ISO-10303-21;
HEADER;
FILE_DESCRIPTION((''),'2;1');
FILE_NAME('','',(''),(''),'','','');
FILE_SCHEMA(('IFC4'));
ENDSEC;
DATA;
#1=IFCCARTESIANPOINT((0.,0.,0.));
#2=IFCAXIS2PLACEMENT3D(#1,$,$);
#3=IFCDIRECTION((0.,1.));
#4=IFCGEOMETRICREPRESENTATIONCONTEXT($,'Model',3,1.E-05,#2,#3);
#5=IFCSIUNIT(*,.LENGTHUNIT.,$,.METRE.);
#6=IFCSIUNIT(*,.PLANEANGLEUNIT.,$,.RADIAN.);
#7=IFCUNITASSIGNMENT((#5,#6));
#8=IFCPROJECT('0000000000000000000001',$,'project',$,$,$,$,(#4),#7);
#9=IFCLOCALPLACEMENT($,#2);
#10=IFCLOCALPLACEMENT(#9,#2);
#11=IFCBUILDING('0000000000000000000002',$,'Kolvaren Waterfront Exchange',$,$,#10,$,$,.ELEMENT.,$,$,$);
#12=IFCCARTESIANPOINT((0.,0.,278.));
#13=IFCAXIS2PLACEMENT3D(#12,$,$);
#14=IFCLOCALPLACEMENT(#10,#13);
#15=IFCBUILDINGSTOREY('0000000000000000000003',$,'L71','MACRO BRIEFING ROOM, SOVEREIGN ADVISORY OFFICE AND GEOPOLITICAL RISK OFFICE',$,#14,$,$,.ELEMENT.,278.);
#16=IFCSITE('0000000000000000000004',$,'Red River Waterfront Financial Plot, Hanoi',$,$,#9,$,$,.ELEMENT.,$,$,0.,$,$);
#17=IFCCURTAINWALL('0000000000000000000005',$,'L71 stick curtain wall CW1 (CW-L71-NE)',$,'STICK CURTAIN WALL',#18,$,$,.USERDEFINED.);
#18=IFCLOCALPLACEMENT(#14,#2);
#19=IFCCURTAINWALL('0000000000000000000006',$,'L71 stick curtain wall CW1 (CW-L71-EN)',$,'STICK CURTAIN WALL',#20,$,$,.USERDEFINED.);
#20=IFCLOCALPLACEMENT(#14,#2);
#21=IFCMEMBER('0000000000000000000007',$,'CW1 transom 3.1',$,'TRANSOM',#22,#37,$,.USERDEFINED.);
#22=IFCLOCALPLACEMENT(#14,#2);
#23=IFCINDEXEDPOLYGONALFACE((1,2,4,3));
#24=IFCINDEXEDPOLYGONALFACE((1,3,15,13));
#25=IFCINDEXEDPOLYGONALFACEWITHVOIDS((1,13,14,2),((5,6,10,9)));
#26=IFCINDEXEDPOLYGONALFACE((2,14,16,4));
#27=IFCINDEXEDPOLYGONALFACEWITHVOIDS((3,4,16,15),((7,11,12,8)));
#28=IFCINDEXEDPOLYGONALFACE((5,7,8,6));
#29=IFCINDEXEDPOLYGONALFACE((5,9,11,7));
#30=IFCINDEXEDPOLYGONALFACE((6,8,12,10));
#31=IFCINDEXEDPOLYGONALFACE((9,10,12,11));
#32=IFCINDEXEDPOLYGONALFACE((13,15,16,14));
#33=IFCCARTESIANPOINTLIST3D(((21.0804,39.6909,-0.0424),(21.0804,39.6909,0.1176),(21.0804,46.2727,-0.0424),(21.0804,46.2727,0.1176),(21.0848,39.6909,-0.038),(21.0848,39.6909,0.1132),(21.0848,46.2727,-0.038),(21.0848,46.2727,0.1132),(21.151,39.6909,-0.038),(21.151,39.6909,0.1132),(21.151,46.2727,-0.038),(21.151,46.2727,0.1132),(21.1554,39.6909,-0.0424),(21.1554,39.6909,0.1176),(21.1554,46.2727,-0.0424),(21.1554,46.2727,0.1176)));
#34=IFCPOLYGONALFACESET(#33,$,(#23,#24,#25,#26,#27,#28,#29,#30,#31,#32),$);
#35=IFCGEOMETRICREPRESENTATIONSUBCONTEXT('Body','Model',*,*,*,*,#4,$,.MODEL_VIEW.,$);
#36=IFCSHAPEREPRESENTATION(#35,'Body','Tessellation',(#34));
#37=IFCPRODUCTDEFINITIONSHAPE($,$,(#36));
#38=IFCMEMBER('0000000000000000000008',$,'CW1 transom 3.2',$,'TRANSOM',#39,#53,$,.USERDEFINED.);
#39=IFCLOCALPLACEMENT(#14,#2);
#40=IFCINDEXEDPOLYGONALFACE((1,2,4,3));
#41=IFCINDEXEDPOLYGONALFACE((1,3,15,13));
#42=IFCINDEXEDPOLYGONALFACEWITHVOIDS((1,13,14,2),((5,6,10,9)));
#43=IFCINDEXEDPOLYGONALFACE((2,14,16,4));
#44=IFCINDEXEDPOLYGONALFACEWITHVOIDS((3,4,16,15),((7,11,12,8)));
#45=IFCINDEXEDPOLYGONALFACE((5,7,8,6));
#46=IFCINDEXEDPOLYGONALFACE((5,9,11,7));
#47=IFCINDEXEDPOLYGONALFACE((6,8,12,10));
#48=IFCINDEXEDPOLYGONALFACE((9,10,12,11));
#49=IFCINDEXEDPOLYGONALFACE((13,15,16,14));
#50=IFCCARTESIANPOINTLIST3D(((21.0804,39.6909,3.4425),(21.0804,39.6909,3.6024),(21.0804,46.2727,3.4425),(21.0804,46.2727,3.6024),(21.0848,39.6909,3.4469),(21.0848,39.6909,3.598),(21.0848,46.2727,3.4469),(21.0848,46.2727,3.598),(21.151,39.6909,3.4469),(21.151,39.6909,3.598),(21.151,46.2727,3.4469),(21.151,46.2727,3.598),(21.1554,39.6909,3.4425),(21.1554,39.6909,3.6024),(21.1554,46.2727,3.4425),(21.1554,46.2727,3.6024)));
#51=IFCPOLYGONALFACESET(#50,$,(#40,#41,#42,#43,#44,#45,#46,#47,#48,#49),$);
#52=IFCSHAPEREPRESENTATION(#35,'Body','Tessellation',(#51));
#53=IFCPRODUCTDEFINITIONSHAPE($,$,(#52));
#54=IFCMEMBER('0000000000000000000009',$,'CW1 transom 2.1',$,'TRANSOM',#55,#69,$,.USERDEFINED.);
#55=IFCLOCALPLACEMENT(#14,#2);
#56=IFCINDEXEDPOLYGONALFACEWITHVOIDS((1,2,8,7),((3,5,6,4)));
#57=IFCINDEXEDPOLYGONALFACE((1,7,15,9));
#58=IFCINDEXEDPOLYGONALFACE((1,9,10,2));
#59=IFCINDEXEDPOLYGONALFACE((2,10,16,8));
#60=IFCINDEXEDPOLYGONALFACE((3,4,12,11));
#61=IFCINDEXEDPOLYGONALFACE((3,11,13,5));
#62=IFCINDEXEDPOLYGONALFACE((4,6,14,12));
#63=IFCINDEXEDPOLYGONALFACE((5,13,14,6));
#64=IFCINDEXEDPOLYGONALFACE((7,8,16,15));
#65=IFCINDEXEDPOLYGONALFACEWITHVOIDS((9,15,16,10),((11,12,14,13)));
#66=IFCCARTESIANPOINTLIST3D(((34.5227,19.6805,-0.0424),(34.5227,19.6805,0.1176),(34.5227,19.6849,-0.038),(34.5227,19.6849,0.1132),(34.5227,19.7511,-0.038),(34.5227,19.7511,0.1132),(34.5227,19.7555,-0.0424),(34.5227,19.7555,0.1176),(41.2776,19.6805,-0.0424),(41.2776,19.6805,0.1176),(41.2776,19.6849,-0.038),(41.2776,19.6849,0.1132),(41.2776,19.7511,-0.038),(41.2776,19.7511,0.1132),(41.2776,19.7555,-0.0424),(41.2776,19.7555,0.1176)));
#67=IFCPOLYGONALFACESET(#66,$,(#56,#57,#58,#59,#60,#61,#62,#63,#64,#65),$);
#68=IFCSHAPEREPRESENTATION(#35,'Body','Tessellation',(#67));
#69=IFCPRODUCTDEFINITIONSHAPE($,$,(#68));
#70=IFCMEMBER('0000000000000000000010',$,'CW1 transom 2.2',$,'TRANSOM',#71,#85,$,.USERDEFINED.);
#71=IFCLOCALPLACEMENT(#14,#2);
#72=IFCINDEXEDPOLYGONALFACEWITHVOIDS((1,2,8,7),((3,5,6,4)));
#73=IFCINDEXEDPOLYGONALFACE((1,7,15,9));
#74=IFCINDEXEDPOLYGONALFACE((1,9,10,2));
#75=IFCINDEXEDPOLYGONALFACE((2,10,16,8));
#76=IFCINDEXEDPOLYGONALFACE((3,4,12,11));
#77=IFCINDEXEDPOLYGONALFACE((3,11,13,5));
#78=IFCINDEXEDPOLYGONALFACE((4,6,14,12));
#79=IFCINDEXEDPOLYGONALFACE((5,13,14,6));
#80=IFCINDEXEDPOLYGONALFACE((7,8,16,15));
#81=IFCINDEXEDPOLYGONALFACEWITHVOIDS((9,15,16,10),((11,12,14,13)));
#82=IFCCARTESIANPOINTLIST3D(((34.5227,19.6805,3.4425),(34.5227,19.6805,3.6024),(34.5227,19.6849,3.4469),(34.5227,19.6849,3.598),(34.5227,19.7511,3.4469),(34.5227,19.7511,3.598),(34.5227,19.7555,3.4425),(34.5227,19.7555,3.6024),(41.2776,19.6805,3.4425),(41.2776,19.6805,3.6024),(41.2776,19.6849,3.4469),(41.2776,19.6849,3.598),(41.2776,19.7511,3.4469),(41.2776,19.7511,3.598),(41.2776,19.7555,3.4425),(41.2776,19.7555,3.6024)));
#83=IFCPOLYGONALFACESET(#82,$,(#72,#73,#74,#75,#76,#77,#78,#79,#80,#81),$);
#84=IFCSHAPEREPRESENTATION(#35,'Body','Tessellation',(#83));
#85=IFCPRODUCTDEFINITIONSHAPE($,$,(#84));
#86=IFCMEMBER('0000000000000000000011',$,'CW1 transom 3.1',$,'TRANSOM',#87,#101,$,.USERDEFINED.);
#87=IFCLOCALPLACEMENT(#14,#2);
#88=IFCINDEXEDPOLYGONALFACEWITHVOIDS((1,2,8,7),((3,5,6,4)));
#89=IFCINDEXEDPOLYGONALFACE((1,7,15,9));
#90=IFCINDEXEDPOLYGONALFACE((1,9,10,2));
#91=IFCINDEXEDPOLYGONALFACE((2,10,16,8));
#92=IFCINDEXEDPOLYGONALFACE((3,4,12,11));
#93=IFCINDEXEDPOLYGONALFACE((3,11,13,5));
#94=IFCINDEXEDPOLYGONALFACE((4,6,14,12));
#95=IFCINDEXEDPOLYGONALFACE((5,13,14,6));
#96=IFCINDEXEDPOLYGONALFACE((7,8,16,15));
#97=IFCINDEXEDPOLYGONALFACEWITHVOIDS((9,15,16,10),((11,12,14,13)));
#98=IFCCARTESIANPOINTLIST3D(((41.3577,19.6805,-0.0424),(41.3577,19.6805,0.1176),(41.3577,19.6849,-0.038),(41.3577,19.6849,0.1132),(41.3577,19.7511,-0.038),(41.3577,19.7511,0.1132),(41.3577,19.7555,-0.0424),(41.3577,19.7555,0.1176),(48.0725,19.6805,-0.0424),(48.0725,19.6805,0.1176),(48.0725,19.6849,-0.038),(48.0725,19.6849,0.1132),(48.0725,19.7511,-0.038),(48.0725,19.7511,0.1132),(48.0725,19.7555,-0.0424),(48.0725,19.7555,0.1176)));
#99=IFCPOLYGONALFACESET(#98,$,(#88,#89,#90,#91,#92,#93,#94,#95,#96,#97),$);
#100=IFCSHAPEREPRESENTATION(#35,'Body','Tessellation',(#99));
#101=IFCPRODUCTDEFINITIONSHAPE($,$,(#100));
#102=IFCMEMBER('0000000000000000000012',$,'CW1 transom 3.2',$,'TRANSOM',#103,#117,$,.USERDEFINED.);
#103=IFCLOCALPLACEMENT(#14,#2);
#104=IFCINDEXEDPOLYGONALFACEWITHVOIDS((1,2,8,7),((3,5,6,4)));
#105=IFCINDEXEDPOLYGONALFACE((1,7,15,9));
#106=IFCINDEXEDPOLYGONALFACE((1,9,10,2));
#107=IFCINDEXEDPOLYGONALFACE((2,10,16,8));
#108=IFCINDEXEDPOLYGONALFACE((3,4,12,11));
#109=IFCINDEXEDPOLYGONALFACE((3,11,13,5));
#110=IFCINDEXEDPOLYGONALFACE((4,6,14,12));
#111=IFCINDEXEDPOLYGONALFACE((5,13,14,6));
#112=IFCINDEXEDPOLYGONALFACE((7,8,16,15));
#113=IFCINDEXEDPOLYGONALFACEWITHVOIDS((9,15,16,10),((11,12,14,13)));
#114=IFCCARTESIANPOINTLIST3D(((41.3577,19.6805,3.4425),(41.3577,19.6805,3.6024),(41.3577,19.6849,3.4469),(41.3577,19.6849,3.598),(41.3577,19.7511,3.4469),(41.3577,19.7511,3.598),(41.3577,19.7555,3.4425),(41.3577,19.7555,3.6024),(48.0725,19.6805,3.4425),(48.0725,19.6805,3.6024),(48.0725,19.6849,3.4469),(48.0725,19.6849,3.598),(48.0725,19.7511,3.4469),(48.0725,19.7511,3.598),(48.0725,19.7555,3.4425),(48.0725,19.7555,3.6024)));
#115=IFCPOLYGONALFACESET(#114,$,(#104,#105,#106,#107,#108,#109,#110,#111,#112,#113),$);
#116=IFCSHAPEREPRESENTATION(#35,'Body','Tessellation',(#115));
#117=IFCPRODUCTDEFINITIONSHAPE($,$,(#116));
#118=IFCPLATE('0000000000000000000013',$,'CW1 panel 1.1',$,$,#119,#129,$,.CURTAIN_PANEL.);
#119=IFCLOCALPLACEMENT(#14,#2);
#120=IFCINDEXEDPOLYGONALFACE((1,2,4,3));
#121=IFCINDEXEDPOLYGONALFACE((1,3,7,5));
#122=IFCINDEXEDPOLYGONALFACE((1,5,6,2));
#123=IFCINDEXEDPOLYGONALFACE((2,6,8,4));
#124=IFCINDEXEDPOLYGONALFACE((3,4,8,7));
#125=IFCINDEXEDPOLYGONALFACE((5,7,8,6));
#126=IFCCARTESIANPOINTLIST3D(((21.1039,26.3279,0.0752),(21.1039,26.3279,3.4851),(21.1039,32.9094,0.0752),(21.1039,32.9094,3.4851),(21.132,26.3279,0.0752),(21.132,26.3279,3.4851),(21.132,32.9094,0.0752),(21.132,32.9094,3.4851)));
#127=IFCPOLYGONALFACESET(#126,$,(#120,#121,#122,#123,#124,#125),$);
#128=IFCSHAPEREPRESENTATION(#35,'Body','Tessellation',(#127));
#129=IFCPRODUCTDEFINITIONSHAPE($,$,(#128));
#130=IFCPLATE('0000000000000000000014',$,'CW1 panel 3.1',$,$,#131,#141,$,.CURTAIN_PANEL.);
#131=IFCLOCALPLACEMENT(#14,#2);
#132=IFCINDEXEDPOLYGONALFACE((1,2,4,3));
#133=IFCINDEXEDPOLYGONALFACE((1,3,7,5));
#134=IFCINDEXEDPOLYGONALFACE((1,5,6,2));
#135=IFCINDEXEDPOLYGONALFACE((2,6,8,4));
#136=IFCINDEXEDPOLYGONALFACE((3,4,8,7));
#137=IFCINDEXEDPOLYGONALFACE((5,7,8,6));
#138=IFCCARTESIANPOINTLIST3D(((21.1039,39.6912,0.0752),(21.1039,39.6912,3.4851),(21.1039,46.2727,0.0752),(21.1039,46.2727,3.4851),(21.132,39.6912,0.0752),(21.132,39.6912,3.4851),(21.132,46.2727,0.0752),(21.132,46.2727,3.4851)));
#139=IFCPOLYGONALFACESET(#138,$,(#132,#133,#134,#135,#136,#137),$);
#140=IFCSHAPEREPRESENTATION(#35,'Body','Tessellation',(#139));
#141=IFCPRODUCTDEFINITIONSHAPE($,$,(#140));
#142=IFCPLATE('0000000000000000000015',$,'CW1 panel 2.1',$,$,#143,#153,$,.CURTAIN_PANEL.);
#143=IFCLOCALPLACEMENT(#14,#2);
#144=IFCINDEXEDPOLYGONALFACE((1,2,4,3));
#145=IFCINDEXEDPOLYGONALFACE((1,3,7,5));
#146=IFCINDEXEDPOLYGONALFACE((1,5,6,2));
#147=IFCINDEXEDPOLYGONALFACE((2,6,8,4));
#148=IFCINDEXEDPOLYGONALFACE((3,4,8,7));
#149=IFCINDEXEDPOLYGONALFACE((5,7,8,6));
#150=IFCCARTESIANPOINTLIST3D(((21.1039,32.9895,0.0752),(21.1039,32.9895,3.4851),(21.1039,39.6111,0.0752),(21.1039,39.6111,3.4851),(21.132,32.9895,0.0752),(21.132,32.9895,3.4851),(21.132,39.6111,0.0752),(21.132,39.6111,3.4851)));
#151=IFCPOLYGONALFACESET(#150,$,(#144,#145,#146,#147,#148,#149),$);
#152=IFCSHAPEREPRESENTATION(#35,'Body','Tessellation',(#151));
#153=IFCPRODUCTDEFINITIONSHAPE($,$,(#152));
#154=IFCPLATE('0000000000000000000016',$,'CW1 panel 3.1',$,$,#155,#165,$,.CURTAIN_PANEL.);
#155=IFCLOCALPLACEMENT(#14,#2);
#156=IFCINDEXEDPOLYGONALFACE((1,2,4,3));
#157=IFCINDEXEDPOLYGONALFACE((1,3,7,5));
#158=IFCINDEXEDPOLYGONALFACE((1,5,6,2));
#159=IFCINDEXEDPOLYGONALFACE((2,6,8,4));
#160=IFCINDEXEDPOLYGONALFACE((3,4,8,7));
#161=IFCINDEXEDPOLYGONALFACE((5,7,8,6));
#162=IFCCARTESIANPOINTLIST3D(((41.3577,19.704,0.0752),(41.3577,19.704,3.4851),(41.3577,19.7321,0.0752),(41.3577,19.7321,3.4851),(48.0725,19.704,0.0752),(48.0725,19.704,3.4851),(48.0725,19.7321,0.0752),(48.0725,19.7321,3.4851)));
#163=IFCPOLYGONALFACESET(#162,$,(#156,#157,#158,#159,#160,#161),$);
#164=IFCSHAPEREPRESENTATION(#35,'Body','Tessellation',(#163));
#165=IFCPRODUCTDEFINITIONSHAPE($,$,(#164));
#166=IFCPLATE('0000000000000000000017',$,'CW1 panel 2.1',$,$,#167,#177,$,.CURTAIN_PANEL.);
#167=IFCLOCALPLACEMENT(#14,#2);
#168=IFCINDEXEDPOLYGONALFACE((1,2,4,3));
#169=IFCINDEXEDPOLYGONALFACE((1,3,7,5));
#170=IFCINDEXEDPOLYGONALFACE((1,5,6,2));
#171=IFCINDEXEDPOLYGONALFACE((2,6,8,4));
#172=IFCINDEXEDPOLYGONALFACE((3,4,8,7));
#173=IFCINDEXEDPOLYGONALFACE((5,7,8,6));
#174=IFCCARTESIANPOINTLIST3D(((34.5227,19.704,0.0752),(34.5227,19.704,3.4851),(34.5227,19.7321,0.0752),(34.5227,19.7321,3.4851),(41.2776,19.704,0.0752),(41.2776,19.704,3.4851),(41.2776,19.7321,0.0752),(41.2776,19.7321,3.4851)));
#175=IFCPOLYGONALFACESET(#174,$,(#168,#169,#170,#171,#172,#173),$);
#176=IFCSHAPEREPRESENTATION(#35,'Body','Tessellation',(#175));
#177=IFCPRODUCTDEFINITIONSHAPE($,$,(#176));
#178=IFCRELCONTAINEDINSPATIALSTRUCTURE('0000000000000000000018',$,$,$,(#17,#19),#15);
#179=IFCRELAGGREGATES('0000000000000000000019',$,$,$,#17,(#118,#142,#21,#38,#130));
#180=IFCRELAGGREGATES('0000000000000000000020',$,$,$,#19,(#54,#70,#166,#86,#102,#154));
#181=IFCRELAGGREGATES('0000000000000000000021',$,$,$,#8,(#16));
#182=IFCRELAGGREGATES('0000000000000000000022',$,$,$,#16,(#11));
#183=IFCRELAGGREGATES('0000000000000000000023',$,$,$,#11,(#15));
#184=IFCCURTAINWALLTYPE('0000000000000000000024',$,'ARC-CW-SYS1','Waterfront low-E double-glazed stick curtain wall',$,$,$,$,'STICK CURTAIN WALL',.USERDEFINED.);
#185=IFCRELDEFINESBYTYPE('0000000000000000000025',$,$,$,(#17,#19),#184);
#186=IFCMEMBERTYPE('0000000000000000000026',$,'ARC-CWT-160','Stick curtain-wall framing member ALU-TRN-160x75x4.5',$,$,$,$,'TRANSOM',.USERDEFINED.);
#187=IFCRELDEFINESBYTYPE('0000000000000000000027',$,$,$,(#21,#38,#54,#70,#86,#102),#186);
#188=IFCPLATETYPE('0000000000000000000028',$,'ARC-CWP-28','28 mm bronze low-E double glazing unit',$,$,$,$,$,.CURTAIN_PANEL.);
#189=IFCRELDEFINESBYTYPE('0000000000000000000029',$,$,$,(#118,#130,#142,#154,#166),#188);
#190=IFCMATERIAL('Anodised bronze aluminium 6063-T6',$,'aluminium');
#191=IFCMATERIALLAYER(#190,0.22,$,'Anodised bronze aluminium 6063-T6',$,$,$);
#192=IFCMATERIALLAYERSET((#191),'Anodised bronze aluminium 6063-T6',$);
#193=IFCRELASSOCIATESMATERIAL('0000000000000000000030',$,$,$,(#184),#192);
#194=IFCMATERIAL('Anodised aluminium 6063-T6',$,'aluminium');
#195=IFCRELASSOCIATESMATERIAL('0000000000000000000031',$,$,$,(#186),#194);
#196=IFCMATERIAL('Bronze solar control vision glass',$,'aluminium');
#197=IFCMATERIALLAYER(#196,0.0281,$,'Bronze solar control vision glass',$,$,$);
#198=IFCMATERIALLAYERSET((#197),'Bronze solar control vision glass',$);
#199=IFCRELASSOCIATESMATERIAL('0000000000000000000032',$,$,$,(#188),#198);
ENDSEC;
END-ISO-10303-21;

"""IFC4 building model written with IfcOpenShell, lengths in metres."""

from ifc_helpers import new_model, si_unit, direction, frame, origin, origin_with_axes, origin_2d, place, context, subcontext, project, spatial, rectangle, hollow_rectangle, extrude, source, transform, mapped, material, layer, layer_set, material_profile, profile_set, type_object, element, aggregate, save


model = new_model("IFC4")

# Units and contexts
model_context = context("Model", 3, precision=1e-05, world=origin(), true_north=direction((0.0, 1.0)))
body_context = subcontext(model_context, "Body", "Model", "MODEL_VIEW")
ifc_project = project(units=[si_unit("LENGTHUNIT", "METRE"), si_unit("PLANEANGLEUNIT", "RADIAN")], contexts=[model_context])

# Site, building, storey
site_placement = place(None, origin())
site = spatial("IfcSite", under=ifc_project, at=site_placement, Name="Red River Waterfront Financial Plot, Hanoi", CompositionType="ELEMENT", RefElevation=0.0)
building_placement = place(site_placement, origin())
building = spatial("IfcBuilding", under=site, at=building_placement, Name="Kolvaren Waterfront Exchange", CompositionType="ELEMENT")
storey_placement = place(building_placement, frame((0.0, 0.0, 278.0)))
storey = spatial("IfcBuildingStorey", under=building, at=storey_placement, Name="L71", Description="MACRO BRIEFING ROOM, SOVEREIGN ADVISORY OFFICE AND GEOPOLITICAL RISK OFFICE", CompositionType="ELEMENT", Elevation=278.0)

# Curtain walls
ifc_material_1 = material(Name="Anodised bronze aluminium 6063-T6", Category="aluminium")
ifc_layer_1 = layer(ifc_material_1, 0.22, Name="Anodised bronze aluminium 6063-T6")
ifc_layer_set_1 = layer_set([ifc_layer_1], Name="Anodised bronze aluminium 6063-T6")
curtain_wall_type = type_object("IfcCurtainWallType", Name="ARC-CW-SYS1", Description="Waterfront low-E double-glazed stick curtain wall", ElementType="STICK CURTAIN WALL", PredefinedType="USERDEFINED", material=ifc_layer_set_1)
curtain_wall_1_placement = place(storey_placement, origin())
curtain_wall_1 = element("IfcCurtainWall", 1, at=curtain_wall_1_placement, inside=storey, type_object=curtain_wall_type, Name="L71 stick curtain wall CW1 (CW-L71-NE)", ObjectType="STICK CURTAIN WALL", PredefinedType="USERDEFINED")
ifc_material_2 = material(Name="Anodised aluminium 6063-T6", Category="aluminium")
curtain_wall_2_placement = place(storey_placement, origin())
curtain_wall_2 = element("IfcCurtainWall", 2, at=curtain_wall_2_placement, inside=storey, type_object=curtain_wall_type, Name="L71 stick curtain wall CW1 (CW-L71-EN)", ObjectType="STICK CURTAIN WALL", PredefinedType="USERDEFINED")

# Members
ifc_material_profile_1 = material_profile(ifc_material_2, hollow_rectangle(XDim=0.075, YDim=0.1599, WallThickness=0.0044, at=origin_2d()), Name="ALU-TRN-160x75x4.5")
ifc_profile_set_1 = profile_set([ifc_material_profile_1], Name="Anodised aluminium 6063-T6")
member_type_1 = type_object("IfcMemberType", Name="ARC-CWT-160", Description="Stick curtain-wall framing member ALU-TRN-160x75x4.5", ElementType="TRANSOM", PredefinedType="USERDEFINED", material=ifc_profile_set_1)
shared_shape_1 = source(origin_with_axes(), body_context, "Body", "SweptSolid", [
    extrude(hollow_rectangle(XDim=0.075, YDim=0.1599, WallThickness=0.0044, at=origin_2d()), origin(), (0.0, 0.0, 1.0), 6.5818),
])
member_1_placement = place(storey_placement, frame((21.1179, 39.6909, 0.0376), z_axis=(0.0, 1.0, 0.0), x_axis=(-1.0, 0.0, 0.0)))
member_1 = element("IfcMember", 3, at=member_1_placement, type_object=member_type_1, Name="CW1 transom 3.1", ObjectType="TRANSOM", PredefinedType="USERDEFINED", context=body_context, shape_type="MappedRepresentation", body=[
    mapped(shared_shape_1, transform((0.0, 0.0, 0.0), x_axis=(1.0, 0.0, 0.0), y_axis=(0.0, 1.0, 0.0), z_axis=(0.0, 0.0, 1.0), scale=1.0)),
])
member_2_placement = place(storey_placement, frame((21.1179, 39.6909, 3.5225), z_axis=(0.0, 1.0, 0.0), x_axis=(-1.0, 0.0, 0.0)))
member_2 = element("IfcMember", 4, at=member_2_placement, type_object=member_type_1, Name="CW1 transom 3.2", ObjectType="TRANSOM", PredefinedType="USERDEFINED", context=body_context, shape_type="MappedRepresentation", body=[
    mapped(shared_shape_1, transform((0.0, 0.0, 0.0), x_axis=(1.0, 0.0, 0.0), y_axis=(0.0, 1.0, 0.0), z_axis=(0.0, 0.0, 1.0), scale=1.0)),
])
shared_shape_2 = source(origin_with_axes(), body_context, "Body", "SweptSolid", [
    extrude(hollow_rectangle(XDim=0.075, YDim=0.1599, WallThickness=0.0044, at=origin_2d()), origin(), (0.0, 0.0, 1.0), 6.7549),
])
member_3_placement = place(storey_placement, frame((34.5227, 19.718, 0.0376), z_axis=(1.0, 0.0, 0.0), x_axis=(0.0, 1.0, 0.0)))
member_3 = element("IfcMember", 5, at=member_3_placement, type_object=member_type_1, Name="CW1 transom 2.1", ObjectType="TRANSOM", PredefinedType="USERDEFINED", context=body_context, shape_type="MappedRepresentation", body=[
    mapped(shared_shape_2, transform((0.0, 0.0, 0.0), x_axis=(1.0, 0.0, 0.0), y_axis=(0.0, 1.0, 0.0), z_axis=(0.0, 0.0, 1.0), scale=1.0)),
])
member_4_placement = place(storey_placement, frame((34.5227, 19.718, 3.5225), z_axis=(1.0, 0.0, 0.0), x_axis=(0.0, 1.0, 0.0)))
member_4 = element("IfcMember", 6, at=member_4_placement, type_object=member_type_1, Name="CW1 transom 2.2", ObjectType="TRANSOM", PredefinedType="USERDEFINED", context=body_context, shape_type="MappedRepresentation", body=[
    mapped(shared_shape_2, transform((0.0, 0.0, 0.0), x_axis=(1.0, 0.0, 0.0), y_axis=(0.0, 1.0, 0.0), z_axis=(0.0, 0.0, 1.0), scale=1.0)),
])
shared_shape_3 = source(origin_with_axes(), body_context, "Body", "SweptSolid", [
    extrude(hollow_rectangle(XDim=0.075, YDim=0.1599, WallThickness=0.0044, at=origin_2d()), origin(), (0.0, 0.0, 1.0), 6.7148),
])
member_5_placement = place(storey_placement, frame((41.3577, 19.718, 0.0376), z_axis=(1.0, 0.0, 0.0), x_axis=(0.0, 1.0, 0.0)))
member_5 = element("IfcMember", 7, at=member_5_placement, type_object=member_type_1, Name="CW1 transom 3.1", ObjectType="TRANSOM", PredefinedType="USERDEFINED", context=body_context, shape_type="MappedRepresentation", body=[
    mapped(shared_shape_3, transform((0.0, 0.0, 0.0), x_axis=(1.0, 0.0, 0.0), y_axis=(0.0, 1.0, 0.0), z_axis=(0.0, 0.0, 1.0), scale=1.0)),
])
member_6_placement = place(storey_placement, frame((41.3577, 19.718, 3.5225), z_axis=(1.0, 0.0, 0.0), x_axis=(0.0, 1.0, 0.0)))
member_6 = element("IfcMember", 8, at=member_6_placement, type_object=member_type_1, Name="CW1 transom 3.2", ObjectType="TRANSOM", PredefinedType="USERDEFINED", context=body_context, shape_type="MappedRepresentation", body=[
    mapped(shared_shape_3, transform((0.0, 0.0, 0.0), x_axis=(1.0, 0.0, 0.0), y_axis=(0.0, 1.0, 0.0), z_axis=(0.0, 0.0, 1.0), scale=1.0)),
])

# Plates
ifc_material_3 = material(Name="Bronze solar control vision glass", Category="aluminium")
ifc_layer_2 = layer(ifc_material_3, 0.0281, Name="Bronze solar control vision glass")
ifc_layer_set_2 = layer_set([ifc_layer_2], Name="Bronze solar control vision glass")
plate_type = type_object("IfcPlateType", Name="ARC-CWP-28", Description="28 mm bronze low-E double glazing unit", PredefinedType="CURTAIN_PANEL", material=ifc_layer_set_2)
shared_shape_4 = source(origin_with_axes(), body_context, "Body", "SweptSolid", [
    extrude(rectangle(XDim=6.5815, YDim=0.0281, at=origin_2d()), origin(), (0.0, 0.0, 1.0), 3.4099),
])
plate_1_placement = place(storey_placement, frame((21.1179, 29.6187, 0.0752), z_axis=(0.0, 0.0, 1.0), x_axis=(0.0, 1.0, 0.0)))
plate_1 = element("IfcPlate", 9, at=plate_1_placement, type_object=plate_type, Name="CW1 panel 1.1", PredefinedType="CURTAIN_PANEL", context=body_context, shape_type="MappedRepresentation", body=[
    mapped(shared_shape_4, transform((0.0, 0.0, 0.0), x_axis=(1.0, 0.0, 0.0), y_axis=(0.0, 1.0, 0.0), z_axis=(0.0, 0.0, 1.0), scale=1.0)),
])
plate_2_placement = place(storey_placement, frame((21.1179, 42.9819, 0.0752), z_axis=(0.0, 0.0, 1.0), x_axis=(0.0, 1.0, 0.0)))
plate_2 = element("IfcPlate", 10, at=plate_2_placement, type_object=plate_type, Name="CW1 panel 3.1", PredefinedType="CURTAIN_PANEL", context=body_context, shape_type="MappedRepresentation", body=[
    mapped(shared_shape_4, transform((0.0, 0.0, 0.0), x_axis=(1.0, 0.0, 0.0), y_axis=(0.0, 1.0, 0.0), z_axis=(0.0, 0.0, 1.0), scale=1.0)),
])
shared_shape_5 = source(origin_with_axes(), body_context, "Body", "SweptSolid", [
    extrude(rectangle(XDim=6.6216, YDim=0.0281, at=origin_2d()), origin(), (0.0, 0.0, 1.0), 3.4099),
])
plate_3_placement = place(storey_placement, frame((21.1179, 36.3003, 0.0752), z_axis=(0.0, 0.0, 1.0), x_axis=(0.0, 1.0, 0.0)))
plate_3 = element("IfcPlate", 11, at=plate_3_placement, type_object=plate_type, Name="CW1 panel 2.1", PredefinedType="CURTAIN_PANEL", context=body_context, shape_type="MappedRepresentation", body=[
    mapped(shared_shape_5, transform((0.0, 0.0, 0.0), x_axis=(1.0, 0.0, 0.0), y_axis=(0.0, 1.0, 0.0), z_axis=(0.0, 0.0, 1.0), scale=1.0)),
])
aggregate(curtain_wall_1, [plate_1, plate_3, member_1, member_2, plate_2])
shared_shape_6 = source(origin_with_axes(), body_context, "Body", "SweptSolid", [
    extrude(rectangle(XDim=6.7148, YDim=0.0281, at=origin_2d()), origin(), (0.0, 0.0, 1.0), 3.4099),
])
plate_4_placement = place(storey_placement, frame((44.7151, 19.718, 0.0752), z_axis=(0.0, 0.0, 1.0), x_axis=(1.0, 0.0, 0.0)))
plate_4 = element("IfcPlate", 12, at=plate_4_placement, type_object=plate_type, Name="CW1 panel 3.1", PredefinedType="CURTAIN_PANEL", context=body_context, shape_type="MappedRepresentation", body=[
    mapped(shared_shape_6, transform((0.0, 0.0, 0.0), x_axis=(1.0, 0.0, 0.0), y_axis=(0.0, 1.0, 0.0), z_axis=(0.0, 0.0, 1.0), scale=1.0)),
])
shared_shape_7 = source(origin_with_axes(), body_context, "Body", "SweptSolid", [
    extrude(rectangle(XDim=6.7549, YDim=0.0281, at=origin_2d()), origin(), (0.0, 0.0, 1.0), 3.4099),
])
plate_5_placement = place(storey_placement, frame((37.9001, 19.718, 0.0752), z_axis=(0.0, 0.0, 1.0), x_axis=(1.0, 0.0, 0.0)))
plate_5 = element("IfcPlate", 13, at=plate_5_placement, type_object=plate_type, Name="CW1 panel 2.1", PredefinedType="CURTAIN_PANEL", context=body_context, shape_type="MappedRepresentation", body=[
    mapped(shared_shape_7, transform((0.0, 0.0, 0.0), x_axis=(1.0, 0.0, 0.0), y_axis=(0.0, 1.0, 0.0), z_axis=(0.0, 0.0, 1.0), scale=1.0)),
])
aggregate(curtain_wall_2, [member_3, member_4, plate_5, member_5, member_6, plate_4])

save(model, "model.ifc")
